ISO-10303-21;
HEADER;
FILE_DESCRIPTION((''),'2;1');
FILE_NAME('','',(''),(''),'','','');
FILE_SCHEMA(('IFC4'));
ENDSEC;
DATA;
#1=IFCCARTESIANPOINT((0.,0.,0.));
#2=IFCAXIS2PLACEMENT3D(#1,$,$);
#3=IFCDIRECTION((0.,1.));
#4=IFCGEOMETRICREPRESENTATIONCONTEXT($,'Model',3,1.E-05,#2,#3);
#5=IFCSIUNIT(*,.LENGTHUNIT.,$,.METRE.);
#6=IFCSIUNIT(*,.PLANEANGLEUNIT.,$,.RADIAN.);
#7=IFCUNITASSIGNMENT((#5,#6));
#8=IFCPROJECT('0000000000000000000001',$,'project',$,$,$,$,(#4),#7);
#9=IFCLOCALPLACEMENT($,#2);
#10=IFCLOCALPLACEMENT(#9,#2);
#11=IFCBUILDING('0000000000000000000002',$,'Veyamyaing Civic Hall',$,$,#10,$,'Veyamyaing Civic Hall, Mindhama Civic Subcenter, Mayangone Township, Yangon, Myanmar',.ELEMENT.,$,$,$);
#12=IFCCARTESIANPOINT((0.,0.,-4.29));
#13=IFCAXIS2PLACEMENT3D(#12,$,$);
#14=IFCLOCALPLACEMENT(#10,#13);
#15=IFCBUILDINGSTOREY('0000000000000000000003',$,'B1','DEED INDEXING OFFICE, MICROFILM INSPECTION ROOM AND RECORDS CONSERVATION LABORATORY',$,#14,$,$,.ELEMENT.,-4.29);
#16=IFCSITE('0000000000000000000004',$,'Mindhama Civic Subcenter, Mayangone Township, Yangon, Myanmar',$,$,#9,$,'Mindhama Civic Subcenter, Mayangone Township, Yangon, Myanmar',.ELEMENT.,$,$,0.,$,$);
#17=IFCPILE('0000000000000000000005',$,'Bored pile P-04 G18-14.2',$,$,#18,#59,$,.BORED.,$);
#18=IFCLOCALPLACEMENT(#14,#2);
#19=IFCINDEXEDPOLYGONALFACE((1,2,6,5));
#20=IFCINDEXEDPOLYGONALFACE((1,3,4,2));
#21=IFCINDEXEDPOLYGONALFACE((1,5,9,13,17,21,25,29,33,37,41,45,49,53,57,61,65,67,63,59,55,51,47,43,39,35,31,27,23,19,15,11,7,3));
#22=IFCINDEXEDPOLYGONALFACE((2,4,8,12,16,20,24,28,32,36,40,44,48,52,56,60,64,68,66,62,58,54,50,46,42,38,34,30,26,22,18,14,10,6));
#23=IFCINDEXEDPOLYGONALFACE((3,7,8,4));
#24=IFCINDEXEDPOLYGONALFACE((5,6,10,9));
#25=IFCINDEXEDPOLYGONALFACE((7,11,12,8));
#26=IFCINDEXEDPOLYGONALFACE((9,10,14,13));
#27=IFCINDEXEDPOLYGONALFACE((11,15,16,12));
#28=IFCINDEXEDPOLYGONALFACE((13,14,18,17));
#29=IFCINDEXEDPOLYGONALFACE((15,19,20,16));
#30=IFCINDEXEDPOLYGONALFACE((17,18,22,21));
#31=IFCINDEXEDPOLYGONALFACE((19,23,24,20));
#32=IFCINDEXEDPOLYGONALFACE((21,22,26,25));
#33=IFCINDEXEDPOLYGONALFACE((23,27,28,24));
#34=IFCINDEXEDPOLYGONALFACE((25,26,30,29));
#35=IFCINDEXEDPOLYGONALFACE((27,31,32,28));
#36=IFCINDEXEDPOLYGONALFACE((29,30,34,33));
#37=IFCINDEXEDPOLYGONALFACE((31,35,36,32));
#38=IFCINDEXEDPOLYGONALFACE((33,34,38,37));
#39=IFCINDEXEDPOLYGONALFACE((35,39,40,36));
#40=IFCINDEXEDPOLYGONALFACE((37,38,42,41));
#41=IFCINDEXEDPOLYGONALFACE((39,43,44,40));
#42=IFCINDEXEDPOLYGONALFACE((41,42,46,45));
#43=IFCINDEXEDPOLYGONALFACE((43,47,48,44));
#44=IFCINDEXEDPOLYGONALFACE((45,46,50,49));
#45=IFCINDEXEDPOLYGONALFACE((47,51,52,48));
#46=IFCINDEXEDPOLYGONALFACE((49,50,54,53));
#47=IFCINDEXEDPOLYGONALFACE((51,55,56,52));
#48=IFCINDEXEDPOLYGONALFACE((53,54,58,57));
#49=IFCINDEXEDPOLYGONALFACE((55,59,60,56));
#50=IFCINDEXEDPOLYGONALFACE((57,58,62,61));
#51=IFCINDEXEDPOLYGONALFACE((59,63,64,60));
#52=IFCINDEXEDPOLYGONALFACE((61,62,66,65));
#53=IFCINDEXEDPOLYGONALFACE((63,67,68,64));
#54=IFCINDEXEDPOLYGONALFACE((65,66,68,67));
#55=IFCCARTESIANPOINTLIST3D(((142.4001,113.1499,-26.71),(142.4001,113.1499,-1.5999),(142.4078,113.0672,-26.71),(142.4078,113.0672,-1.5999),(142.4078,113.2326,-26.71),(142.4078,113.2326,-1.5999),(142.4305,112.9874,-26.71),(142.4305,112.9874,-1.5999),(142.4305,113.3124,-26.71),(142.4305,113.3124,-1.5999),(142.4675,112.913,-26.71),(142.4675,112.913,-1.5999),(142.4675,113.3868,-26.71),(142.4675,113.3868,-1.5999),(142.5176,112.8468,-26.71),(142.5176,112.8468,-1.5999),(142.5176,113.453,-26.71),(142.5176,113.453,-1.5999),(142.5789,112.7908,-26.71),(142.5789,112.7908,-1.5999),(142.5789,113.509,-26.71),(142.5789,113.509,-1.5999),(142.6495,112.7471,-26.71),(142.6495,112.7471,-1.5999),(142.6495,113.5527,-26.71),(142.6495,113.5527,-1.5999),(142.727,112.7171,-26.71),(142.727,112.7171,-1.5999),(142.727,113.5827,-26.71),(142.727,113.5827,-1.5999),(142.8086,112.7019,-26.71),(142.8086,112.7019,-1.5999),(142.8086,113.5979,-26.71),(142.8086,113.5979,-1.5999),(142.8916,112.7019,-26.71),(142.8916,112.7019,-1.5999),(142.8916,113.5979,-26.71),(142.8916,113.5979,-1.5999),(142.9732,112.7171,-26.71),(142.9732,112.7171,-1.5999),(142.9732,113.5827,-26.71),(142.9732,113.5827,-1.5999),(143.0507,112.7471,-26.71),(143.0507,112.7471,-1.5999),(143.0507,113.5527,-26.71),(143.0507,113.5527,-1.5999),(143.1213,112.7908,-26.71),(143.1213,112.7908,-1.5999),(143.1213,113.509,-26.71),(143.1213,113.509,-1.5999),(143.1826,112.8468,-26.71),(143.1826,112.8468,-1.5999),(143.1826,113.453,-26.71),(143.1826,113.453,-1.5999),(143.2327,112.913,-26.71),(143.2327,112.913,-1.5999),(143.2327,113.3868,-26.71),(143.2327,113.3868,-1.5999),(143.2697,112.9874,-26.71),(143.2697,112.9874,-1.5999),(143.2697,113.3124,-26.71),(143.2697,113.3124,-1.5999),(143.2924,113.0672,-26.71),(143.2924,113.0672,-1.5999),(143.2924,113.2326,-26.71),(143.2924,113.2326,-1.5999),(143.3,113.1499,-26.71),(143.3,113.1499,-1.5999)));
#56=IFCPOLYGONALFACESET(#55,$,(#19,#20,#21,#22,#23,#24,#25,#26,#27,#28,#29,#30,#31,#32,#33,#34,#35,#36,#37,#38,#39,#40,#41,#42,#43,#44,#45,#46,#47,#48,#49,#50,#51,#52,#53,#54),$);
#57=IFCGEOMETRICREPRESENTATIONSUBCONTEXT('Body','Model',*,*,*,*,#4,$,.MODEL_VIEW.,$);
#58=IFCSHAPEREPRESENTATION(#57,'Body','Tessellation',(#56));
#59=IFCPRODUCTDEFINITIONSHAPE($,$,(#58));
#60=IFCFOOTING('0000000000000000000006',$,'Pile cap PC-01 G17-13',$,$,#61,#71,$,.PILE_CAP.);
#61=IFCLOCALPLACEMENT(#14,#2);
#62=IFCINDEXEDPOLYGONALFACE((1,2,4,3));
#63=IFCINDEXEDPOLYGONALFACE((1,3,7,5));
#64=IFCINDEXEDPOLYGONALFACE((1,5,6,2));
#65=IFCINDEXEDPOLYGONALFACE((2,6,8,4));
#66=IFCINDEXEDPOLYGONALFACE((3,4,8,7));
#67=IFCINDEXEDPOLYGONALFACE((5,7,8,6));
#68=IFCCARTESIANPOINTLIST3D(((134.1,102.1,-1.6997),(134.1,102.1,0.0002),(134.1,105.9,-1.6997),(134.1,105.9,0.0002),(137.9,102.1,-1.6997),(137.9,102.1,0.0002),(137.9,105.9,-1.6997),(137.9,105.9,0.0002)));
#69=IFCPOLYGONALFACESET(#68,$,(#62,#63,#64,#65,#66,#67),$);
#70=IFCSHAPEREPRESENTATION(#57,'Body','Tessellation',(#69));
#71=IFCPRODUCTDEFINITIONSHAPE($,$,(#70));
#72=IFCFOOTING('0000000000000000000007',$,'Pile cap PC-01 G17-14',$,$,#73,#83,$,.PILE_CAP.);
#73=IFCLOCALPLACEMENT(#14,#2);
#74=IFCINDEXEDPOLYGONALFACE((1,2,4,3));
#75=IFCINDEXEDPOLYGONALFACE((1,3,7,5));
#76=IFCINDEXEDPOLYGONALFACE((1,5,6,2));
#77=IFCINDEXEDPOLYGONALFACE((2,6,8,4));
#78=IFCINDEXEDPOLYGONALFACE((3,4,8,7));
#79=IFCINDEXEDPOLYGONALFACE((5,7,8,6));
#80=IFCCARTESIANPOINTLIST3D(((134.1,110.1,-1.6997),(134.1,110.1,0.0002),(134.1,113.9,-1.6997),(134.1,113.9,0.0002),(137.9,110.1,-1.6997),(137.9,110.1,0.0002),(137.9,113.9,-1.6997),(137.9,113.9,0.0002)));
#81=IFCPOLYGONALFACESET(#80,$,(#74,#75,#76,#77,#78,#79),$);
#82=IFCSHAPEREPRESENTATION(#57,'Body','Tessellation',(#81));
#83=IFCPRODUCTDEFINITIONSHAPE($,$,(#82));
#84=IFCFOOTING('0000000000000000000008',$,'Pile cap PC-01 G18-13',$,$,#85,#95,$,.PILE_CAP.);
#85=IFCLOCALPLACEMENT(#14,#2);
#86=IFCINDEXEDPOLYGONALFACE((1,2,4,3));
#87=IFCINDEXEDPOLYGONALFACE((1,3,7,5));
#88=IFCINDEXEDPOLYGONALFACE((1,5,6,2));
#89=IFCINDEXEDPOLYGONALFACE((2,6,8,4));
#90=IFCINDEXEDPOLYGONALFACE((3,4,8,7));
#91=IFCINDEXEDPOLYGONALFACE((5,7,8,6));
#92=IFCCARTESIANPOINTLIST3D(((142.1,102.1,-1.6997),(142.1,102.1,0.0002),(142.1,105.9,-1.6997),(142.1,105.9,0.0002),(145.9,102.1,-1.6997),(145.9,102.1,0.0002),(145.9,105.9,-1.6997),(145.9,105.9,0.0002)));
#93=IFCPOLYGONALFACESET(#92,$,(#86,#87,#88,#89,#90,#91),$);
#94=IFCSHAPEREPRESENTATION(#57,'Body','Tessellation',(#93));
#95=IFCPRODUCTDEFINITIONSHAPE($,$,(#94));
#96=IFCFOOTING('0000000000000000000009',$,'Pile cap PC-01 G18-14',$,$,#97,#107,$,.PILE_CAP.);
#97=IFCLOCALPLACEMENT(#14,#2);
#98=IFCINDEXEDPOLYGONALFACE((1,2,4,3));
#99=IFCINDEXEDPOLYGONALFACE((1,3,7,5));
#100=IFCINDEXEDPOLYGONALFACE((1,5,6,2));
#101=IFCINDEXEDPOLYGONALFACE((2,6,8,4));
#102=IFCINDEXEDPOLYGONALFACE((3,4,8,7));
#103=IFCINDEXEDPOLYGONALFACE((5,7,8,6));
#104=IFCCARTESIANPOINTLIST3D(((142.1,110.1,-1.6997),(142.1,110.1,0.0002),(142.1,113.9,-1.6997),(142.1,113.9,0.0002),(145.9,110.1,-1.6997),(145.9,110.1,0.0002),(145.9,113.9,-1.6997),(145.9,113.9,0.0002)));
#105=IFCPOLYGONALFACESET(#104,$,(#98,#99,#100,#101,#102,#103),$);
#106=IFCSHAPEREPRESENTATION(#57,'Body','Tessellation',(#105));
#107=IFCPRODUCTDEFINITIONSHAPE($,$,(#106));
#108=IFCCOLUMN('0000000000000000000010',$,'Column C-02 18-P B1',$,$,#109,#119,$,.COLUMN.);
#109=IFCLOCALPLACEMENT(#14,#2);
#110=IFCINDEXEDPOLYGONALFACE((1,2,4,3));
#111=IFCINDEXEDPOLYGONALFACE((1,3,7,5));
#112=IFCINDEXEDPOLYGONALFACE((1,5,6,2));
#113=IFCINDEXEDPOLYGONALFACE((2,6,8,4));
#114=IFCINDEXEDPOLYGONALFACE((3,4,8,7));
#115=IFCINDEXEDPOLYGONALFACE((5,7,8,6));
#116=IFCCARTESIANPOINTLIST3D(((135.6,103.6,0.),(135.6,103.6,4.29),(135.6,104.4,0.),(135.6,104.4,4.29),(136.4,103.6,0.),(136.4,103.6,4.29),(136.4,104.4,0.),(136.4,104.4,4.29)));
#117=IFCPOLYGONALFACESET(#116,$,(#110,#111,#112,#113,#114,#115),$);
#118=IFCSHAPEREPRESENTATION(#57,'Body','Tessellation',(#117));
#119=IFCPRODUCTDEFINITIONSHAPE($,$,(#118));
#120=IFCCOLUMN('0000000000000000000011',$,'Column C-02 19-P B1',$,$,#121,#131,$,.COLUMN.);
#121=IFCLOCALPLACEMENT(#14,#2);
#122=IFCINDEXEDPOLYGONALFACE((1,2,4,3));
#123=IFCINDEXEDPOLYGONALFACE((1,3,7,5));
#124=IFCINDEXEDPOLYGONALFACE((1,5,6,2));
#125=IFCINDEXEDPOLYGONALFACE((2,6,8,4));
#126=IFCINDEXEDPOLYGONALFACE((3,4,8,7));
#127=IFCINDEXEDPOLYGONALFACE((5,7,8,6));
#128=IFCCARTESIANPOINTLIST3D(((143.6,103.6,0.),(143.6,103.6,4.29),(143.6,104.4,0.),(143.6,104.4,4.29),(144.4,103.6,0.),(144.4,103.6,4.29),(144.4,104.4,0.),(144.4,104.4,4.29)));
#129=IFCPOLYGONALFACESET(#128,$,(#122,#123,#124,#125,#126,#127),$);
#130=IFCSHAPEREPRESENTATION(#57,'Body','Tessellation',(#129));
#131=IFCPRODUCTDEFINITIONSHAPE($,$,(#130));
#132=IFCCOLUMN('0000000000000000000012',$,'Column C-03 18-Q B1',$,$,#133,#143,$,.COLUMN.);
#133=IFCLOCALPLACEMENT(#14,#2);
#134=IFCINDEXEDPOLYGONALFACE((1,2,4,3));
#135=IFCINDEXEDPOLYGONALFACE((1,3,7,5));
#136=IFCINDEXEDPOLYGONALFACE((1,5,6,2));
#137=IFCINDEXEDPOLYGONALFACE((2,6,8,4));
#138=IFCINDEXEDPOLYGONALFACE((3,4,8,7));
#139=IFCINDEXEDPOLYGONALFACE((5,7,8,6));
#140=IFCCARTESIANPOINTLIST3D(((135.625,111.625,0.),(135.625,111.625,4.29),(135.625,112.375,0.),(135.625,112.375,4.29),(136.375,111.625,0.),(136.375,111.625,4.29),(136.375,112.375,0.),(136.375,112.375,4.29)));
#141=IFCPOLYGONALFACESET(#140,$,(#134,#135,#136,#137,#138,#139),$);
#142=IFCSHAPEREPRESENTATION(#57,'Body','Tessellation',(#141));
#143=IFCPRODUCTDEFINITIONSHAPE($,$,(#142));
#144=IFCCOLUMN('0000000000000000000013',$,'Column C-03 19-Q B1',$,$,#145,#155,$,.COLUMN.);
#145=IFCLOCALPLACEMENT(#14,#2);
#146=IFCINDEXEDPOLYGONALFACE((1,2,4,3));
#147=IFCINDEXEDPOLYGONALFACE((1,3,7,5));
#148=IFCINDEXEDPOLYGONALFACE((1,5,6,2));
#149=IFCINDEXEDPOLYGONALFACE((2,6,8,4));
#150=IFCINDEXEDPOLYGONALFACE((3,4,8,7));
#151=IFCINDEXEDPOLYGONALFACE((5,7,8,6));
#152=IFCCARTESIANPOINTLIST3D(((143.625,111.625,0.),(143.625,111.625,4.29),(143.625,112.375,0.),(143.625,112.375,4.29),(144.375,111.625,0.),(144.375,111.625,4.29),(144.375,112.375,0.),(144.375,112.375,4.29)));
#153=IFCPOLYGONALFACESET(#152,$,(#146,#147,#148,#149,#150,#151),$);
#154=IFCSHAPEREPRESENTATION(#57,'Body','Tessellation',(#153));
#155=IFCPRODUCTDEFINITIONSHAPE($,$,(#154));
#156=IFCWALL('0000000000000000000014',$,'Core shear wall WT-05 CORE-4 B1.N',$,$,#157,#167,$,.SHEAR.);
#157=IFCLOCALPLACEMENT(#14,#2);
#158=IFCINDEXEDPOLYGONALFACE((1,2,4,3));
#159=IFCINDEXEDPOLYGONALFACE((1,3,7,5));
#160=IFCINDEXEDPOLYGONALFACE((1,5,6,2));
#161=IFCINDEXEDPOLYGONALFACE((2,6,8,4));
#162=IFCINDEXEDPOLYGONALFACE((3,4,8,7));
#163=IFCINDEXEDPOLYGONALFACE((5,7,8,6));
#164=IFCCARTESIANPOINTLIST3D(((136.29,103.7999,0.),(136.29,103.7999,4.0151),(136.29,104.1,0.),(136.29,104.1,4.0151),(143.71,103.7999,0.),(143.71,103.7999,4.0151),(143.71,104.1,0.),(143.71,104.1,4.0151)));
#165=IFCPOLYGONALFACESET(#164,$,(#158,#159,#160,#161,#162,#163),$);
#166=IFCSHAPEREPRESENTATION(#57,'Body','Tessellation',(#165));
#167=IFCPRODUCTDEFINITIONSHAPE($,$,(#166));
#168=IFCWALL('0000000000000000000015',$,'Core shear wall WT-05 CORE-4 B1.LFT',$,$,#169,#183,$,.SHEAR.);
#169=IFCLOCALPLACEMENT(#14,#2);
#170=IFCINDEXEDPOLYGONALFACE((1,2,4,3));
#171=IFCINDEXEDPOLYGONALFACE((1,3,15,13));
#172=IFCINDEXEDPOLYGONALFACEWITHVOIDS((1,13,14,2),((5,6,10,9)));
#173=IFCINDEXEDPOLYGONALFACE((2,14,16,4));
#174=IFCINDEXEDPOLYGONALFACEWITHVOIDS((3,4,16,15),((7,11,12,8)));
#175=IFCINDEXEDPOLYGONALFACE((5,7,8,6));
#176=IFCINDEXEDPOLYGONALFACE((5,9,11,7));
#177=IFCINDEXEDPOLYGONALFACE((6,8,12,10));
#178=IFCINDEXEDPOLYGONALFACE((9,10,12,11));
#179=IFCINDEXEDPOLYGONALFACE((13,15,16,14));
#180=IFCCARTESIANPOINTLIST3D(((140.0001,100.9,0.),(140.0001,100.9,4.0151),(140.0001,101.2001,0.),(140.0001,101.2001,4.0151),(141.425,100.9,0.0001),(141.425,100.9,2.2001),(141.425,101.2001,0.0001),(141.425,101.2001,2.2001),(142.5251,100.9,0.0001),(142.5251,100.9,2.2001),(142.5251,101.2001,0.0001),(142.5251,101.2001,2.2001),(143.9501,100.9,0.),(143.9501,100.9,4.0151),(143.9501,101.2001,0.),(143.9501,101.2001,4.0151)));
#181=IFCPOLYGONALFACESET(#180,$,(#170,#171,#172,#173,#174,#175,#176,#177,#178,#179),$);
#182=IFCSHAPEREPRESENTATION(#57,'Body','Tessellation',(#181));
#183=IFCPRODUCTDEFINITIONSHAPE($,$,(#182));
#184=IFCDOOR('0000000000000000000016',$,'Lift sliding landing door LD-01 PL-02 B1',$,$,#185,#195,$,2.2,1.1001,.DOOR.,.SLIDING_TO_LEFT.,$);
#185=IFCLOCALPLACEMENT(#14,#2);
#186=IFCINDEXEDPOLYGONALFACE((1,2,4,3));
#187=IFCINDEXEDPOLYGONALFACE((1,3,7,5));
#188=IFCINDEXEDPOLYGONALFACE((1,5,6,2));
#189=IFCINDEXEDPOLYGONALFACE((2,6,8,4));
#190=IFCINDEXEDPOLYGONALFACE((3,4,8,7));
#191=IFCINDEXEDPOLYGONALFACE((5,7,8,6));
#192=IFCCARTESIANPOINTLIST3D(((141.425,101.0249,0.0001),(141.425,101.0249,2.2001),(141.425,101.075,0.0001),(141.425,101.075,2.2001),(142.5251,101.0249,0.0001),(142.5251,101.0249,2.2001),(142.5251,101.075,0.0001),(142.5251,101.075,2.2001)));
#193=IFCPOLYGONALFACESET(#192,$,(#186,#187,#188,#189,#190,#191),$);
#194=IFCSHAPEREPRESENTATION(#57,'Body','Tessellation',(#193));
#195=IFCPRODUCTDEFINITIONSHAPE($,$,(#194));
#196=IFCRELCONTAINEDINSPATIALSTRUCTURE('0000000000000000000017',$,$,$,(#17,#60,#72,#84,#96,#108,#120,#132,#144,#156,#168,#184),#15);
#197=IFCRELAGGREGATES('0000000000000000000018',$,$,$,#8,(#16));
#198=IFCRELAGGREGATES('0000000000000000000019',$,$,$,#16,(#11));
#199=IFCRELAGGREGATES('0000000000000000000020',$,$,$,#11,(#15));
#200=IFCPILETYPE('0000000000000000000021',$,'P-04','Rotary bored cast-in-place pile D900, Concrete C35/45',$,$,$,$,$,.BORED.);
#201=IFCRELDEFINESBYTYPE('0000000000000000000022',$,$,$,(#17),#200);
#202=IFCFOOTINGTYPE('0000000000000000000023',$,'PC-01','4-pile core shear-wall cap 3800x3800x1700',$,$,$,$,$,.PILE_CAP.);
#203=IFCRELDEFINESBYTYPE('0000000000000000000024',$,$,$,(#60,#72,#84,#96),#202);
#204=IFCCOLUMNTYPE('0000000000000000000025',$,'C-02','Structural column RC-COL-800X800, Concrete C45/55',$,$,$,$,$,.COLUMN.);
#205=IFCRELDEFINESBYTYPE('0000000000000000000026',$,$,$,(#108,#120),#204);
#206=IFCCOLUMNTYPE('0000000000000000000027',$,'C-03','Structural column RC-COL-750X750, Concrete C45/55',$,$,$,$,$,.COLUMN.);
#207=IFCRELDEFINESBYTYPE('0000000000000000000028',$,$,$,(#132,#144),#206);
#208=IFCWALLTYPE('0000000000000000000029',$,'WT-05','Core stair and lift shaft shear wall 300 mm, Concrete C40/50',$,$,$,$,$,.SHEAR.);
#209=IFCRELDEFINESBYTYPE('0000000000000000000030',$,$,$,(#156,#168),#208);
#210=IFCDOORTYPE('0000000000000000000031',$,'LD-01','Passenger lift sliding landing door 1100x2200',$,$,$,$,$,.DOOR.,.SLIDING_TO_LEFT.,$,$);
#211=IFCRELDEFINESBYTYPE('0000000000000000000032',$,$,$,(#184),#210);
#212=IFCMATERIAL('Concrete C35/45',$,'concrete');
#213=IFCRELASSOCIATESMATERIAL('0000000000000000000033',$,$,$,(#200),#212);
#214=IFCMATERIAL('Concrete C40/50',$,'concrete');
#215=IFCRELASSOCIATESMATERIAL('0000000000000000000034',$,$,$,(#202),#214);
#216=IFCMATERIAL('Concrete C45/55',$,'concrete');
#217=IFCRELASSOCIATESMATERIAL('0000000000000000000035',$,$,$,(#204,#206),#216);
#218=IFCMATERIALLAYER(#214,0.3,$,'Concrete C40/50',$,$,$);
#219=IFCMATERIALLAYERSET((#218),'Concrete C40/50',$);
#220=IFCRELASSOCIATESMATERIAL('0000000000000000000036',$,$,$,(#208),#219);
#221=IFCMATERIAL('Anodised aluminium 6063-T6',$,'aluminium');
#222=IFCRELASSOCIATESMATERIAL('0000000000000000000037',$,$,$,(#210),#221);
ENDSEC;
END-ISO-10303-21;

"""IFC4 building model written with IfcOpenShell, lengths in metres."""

from ifc_helpers import new_model, si_unit, direction, frame, frame_2d, origin, origin_2d, place, context, subcontext, project, spatial, rectangle, circle, extrude, material, layer, layer_set, material_profile, profile_set, type_object, element, fill, save


model = new_model("IFC4")

# Units and contexts
model_context = context("Model", 3, precision=1e-05, world=origin(), true_north=direction((0.0, 1.0)))
body_context = subcontext(model_context, "Body", "Model", "MODEL_VIEW")
ifc_project = project(units=[si_unit("LENGTHUNIT", "METRE"), si_unit("PLANEANGLEUNIT", "RADIAN")], contexts=[model_context])

# Site, building, storey
site_placement = place(None, origin())
site = spatial("IfcSite", under=ifc_project, at=site_placement, Name="Mindhama Civic Subcenter, Mayangone Township, Yangon, Myanmar", LongName="Mindhama Civic Subcenter, Mayangone Township, Yangon, Myanmar", CompositionType="ELEMENT", RefElevation=0.0)
building_placement = place(site_placement, origin())
building = spatial("IfcBuilding", under=site, at=building_placement, Name="Veyamyaing Civic Hall", LongName="Veyamyaing Civic Hall, Mindhama Civic Subcenter, Mayangone Township, Yangon, Myanmar", CompositionType="ELEMENT")
storey_placement = place(building_placement, frame((0.0, 0.0, -4.29)))
storey = spatial("IfcBuildingStorey", under=building, at=storey_placement, Name="B1", Description="DEED INDEXING OFFICE, MICROFILM INSPECTION ROOM AND RECORDS CONSERVATION LABORATORY", CompositionType="ELEMENT", Elevation=-4.29)

# Shared definitions
ifc_material_1 = material(Name="Concrete C40/50", Category="concrete")

# Pile
ifc_material_2 = material(Name="Concrete C35/45", Category="concrete")
ifc_material_profile_1 = material_profile(ifc_material_2, circle(Radius=0.45, at=origin_2d()), Name="PILE-D900")
ifc_profile_set_1 = profile_set([ifc_material_profile_1], Name="Concrete C35/45")
pile_type = type_object("IfcPileType", Name="P-04", Description="Rotary bored cast-in-place pile D900, Concrete C35/45", PredefinedType="BORED", material=ifc_profile_set_1)
for number, where, z_axis, x_axis, name in (
    (1, (142.8501, 113.1499, -1.5999), (0.0, 0.0, -1.0), (1.0, 0.0, 0.0), "Bored pile P-04 G18-14.2"),
):
    element("IfcPile", number, at=place(storey_placement, frame(where, z_axis=z_axis, x_axis=x_axis)), inside=storey, type_object=pile_type, Name=name, PredefinedType="BORED", context=body_context, shape_type="SweptSolid", body=[
        extrude(circle(Radius=0.45, at=origin_2d()), origin(), (0.0, 0.0, 1.0), 25.1101),
    ])

# Footings
footing_type_1 = type_object("IfcFootingType", Name="PC-01", Description="4-pile core shear-wall cap 3800x3800x1700", PredefinedType="PILE_CAP", material=ifc_material_1)
for number, where, z_axis, x_axis, name in (
    (2, (136.0, 104.0, -1.6997), (0.0, 0.0, 1.0), (1.0, 0.0, 0.0), "Pile cap PC-01 G17-13"),
    (3, (136.0, 112.0, -1.6997), (0.0, 0.0, 1.0), (1.0, 0.0, 0.0), "Pile cap PC-01 G17-14"),
    (4, (144.0, 104.0, -1.6997), (0.0, 0.0, 1.0), (1.0, 0.0, 0.0), "Pile cap PC-01 G18-13"),
    (5, (144.0, 112.0, -1.6997), (0.0, 0.0, 1.0), (1.0, 0.0, 0.0), "Pile cap PC-01 G18-14"),
):
    element("IfcFooting", number, at=place(storey_placement, frame(where, z_axis=z_axis, x_axis=x_axis)), inside=storey, type_object=footing_type_1, Name=name, PredefinedType="PILE_CAP", context=body_context, shape_type="SweptSolid", body=[
        extrude(rectangle(XDim=3.8, YDim=3.8, at=origin_2d()), origin(), (0.0, 0.0, 1.0), 1.7),
    ])

# Columns
ifc_material_3 = material(Name="Concrete C45/55", Category="concrete")
ifc_material_profile_2 = material_profile(ifc_material_3, rectangle(XDim=0.8, YDim=0.8, at=origin_2d()), Name="RC-COL-800X800")
ifc_profile_set_2 = profile_set([ifc_material_profile_2], Name="Concrete C45/55")
column_type_1 = type_object("IfcColumnType", Name="C-02", Description="Structural column RC-COL-800X800, Concrete C45/55", PredefinedType="COLUMN", material=ifc_profile_set_2)
for number, where, z_axis, x_axis, name in (
    (6, (136.0, 104.0, 0.0), (0.0, 0.0, 1.0), (1.0, 0.0, 0.0), "Column C-02 18-P B1"),
    (7, (144.0, 104.0, 0.0), (0.0, 0.0, 1.0), (1.0, 0.0, 0.0), "Column C-02 19-P B1"),
):
    element("IfcColumn", number, at=place(storey_placement, frame(where, z_axis=z_axis, x_axis=x_axis)), inside=storey, type_object=column_type_1, Name=name, PredefinedType="COLUMN", context=body_context, shape_type="SweptSolid", body=[
        extrude(rectangle(XDim=0.8, YDim=0.8, at=origin_2d()), origin(), (0.0, 0.0, 1.0), 4.29),
    ])
ifc_material_profile_3 = material_profile(ifc_material_3, rectangle(XDim=0.75, YDim=0.75, at=origin_2d()), Name="RC-COL-750X750")
ifc_profile_set_3 = profile_set([ifc_material_profile_3], Name="Concrete C45/55")
column_type_2 = type_object("IfcColumnType", Name="C-03", Description="Structural column RC-COL-750X750, Concrete C45/55", PredefinedType="COLUMN", material=ifc_profile_set_3)
for number, where, z_axis, x_axis, name in (
    (8, (136.0, 112.0, 0.0), (0.0, 0.0, 1.0), (1.0, 0.0, 0.0), "Column C-03 18-Q B1"),
    (9, (144.0, 112.0, 0.0), (0.0, 0.0, 1.0), (1.0, 0.0, 0.0), "Column C-03 19-Q B1"),
):
    element("IfcColumn", number, at=place(storey_placement, frame(where, z_axis=z_axis, x_axis=x_axis)), inside=storey, type_object=column_type_2, Name=name, PredefinedType="COLUMN", context=body_context, shape_type="SweptSolid", body=[
        extrude(rectangle(XDim=0.75, YDim=0.75, at=origin_2d()), origin(), (0.0, 0.0, 1.0), 4.29),
    ])

# Wall
ifc_layer = layer(ifc_material_1, 0.3, Name="Concrete C40/50")
ifc_layer_set = layer_set([ifc_layer], Name="Concrete C40/50")
wall_type = type_object("IfcWallType", Name="WT-05", Description="Core stair and lift shaft shear wall 300 mm, Concrete C40/50", PredefinedType="SHEAR", material=ifc_layer_set)
wall_1_placement = place(storey_placement, frame((136.29, 103.95, 0.0), z_axis=(0.0, 0.0, 1.0), x_axis=(1.0, 0.0, 0.0)))
element("IfcWall", 10, at=wall_1_placement, inside=storey, type_object=wall_type, Name="Core shear wall WT-05 CORE-4 B1.N", PredefinedType="SHEAR", context=body_context, shape_type="SweptSolid", body=[
    extrude(rectangle(XDim=7.4199, YDim=0.3, at=frame_2d((3.71, 0.0))), origin(), (0.0, 0.0, 1.0), 4.0151),
])

# Wall, opening, door
wall_2_placement = place(storey_placement, frame((140.0, 101.05, 0.0), z_axis=(0.0, 0.0, 1.0), x_axis=(1.0, 0.0, 0.0)))
wall_2 = element("IfcWall", 11, at=wall_2_placement, inside=storey, type_object=wall_type, Name="Core shear wall WT-05 CORE-4 B1.LFT", PredefinedType="SHEAR", context=body_context, shape_type="SweptSolid", body=[
    extrude(rectangle(XDim=3.95, YDim=0.3, at=frame_2d((1.9751, 0.0))), origin(), (0.0, 0.0, 1.0), 4.0151),
])
opening_placement = place(wall_2_placement, frame((1.425, 0.0, 0.0)))
opening = element("IfcOpeningElement", 12, at=opening_placement, cuts=wall_2, PredefinedType="OPENING", context=body_context, shape_type="SweptSolid", body=[
    extrude(rectangle(XDim=1.1001, YDim=2.2, at=frame_2d((0.55, 1.1001))), frame((0.0, 0.1599, 0.0), z_axis=(0.0, -1.0, 0.0), x_axis=(1.0, 0.0, 0.0)), (0.0, 0.0, 1.0), 0.3201),
])
ifc_material_4 = material(Name="Anodised aluminium 6063-T6", Category="aluminium")
door_type = type_object("IfcDoorType", Name="LD-01", Description="Passenger lift sliding landing door 1100x2200", OperationType="SLIDING_TO_LEFT", PredefinedType="DOOR", material=ifc_material_4)
door_placement = place(opening_placement, origin())
door = element("IfcDoor", 13, at=door_placement, inside=storey, type_object=door_type, Name="Lift sliding landing door LD-01 PL-02 B1", OperationType="SLIDING_TO_LEFT", OverallHeight=2.2, OverallWidth=1.1001, PredefinedType="DOOR", context=body_context, shape_type="SweptSolid", body=[
    extrude(rectangle(XDim=1.1001, YDim=2.2, at=frame_2d((0.55, 1.1001))), frame((0.0, 0.0249, 0.0), z_axis=(0.0, -1.0, 0.0), x_axis=(1.0, 0.0, 0.0)), (0.0, 0.0, 1.0), 0.05),
])
fill(opening, door)

save(model, "model.ifc")
